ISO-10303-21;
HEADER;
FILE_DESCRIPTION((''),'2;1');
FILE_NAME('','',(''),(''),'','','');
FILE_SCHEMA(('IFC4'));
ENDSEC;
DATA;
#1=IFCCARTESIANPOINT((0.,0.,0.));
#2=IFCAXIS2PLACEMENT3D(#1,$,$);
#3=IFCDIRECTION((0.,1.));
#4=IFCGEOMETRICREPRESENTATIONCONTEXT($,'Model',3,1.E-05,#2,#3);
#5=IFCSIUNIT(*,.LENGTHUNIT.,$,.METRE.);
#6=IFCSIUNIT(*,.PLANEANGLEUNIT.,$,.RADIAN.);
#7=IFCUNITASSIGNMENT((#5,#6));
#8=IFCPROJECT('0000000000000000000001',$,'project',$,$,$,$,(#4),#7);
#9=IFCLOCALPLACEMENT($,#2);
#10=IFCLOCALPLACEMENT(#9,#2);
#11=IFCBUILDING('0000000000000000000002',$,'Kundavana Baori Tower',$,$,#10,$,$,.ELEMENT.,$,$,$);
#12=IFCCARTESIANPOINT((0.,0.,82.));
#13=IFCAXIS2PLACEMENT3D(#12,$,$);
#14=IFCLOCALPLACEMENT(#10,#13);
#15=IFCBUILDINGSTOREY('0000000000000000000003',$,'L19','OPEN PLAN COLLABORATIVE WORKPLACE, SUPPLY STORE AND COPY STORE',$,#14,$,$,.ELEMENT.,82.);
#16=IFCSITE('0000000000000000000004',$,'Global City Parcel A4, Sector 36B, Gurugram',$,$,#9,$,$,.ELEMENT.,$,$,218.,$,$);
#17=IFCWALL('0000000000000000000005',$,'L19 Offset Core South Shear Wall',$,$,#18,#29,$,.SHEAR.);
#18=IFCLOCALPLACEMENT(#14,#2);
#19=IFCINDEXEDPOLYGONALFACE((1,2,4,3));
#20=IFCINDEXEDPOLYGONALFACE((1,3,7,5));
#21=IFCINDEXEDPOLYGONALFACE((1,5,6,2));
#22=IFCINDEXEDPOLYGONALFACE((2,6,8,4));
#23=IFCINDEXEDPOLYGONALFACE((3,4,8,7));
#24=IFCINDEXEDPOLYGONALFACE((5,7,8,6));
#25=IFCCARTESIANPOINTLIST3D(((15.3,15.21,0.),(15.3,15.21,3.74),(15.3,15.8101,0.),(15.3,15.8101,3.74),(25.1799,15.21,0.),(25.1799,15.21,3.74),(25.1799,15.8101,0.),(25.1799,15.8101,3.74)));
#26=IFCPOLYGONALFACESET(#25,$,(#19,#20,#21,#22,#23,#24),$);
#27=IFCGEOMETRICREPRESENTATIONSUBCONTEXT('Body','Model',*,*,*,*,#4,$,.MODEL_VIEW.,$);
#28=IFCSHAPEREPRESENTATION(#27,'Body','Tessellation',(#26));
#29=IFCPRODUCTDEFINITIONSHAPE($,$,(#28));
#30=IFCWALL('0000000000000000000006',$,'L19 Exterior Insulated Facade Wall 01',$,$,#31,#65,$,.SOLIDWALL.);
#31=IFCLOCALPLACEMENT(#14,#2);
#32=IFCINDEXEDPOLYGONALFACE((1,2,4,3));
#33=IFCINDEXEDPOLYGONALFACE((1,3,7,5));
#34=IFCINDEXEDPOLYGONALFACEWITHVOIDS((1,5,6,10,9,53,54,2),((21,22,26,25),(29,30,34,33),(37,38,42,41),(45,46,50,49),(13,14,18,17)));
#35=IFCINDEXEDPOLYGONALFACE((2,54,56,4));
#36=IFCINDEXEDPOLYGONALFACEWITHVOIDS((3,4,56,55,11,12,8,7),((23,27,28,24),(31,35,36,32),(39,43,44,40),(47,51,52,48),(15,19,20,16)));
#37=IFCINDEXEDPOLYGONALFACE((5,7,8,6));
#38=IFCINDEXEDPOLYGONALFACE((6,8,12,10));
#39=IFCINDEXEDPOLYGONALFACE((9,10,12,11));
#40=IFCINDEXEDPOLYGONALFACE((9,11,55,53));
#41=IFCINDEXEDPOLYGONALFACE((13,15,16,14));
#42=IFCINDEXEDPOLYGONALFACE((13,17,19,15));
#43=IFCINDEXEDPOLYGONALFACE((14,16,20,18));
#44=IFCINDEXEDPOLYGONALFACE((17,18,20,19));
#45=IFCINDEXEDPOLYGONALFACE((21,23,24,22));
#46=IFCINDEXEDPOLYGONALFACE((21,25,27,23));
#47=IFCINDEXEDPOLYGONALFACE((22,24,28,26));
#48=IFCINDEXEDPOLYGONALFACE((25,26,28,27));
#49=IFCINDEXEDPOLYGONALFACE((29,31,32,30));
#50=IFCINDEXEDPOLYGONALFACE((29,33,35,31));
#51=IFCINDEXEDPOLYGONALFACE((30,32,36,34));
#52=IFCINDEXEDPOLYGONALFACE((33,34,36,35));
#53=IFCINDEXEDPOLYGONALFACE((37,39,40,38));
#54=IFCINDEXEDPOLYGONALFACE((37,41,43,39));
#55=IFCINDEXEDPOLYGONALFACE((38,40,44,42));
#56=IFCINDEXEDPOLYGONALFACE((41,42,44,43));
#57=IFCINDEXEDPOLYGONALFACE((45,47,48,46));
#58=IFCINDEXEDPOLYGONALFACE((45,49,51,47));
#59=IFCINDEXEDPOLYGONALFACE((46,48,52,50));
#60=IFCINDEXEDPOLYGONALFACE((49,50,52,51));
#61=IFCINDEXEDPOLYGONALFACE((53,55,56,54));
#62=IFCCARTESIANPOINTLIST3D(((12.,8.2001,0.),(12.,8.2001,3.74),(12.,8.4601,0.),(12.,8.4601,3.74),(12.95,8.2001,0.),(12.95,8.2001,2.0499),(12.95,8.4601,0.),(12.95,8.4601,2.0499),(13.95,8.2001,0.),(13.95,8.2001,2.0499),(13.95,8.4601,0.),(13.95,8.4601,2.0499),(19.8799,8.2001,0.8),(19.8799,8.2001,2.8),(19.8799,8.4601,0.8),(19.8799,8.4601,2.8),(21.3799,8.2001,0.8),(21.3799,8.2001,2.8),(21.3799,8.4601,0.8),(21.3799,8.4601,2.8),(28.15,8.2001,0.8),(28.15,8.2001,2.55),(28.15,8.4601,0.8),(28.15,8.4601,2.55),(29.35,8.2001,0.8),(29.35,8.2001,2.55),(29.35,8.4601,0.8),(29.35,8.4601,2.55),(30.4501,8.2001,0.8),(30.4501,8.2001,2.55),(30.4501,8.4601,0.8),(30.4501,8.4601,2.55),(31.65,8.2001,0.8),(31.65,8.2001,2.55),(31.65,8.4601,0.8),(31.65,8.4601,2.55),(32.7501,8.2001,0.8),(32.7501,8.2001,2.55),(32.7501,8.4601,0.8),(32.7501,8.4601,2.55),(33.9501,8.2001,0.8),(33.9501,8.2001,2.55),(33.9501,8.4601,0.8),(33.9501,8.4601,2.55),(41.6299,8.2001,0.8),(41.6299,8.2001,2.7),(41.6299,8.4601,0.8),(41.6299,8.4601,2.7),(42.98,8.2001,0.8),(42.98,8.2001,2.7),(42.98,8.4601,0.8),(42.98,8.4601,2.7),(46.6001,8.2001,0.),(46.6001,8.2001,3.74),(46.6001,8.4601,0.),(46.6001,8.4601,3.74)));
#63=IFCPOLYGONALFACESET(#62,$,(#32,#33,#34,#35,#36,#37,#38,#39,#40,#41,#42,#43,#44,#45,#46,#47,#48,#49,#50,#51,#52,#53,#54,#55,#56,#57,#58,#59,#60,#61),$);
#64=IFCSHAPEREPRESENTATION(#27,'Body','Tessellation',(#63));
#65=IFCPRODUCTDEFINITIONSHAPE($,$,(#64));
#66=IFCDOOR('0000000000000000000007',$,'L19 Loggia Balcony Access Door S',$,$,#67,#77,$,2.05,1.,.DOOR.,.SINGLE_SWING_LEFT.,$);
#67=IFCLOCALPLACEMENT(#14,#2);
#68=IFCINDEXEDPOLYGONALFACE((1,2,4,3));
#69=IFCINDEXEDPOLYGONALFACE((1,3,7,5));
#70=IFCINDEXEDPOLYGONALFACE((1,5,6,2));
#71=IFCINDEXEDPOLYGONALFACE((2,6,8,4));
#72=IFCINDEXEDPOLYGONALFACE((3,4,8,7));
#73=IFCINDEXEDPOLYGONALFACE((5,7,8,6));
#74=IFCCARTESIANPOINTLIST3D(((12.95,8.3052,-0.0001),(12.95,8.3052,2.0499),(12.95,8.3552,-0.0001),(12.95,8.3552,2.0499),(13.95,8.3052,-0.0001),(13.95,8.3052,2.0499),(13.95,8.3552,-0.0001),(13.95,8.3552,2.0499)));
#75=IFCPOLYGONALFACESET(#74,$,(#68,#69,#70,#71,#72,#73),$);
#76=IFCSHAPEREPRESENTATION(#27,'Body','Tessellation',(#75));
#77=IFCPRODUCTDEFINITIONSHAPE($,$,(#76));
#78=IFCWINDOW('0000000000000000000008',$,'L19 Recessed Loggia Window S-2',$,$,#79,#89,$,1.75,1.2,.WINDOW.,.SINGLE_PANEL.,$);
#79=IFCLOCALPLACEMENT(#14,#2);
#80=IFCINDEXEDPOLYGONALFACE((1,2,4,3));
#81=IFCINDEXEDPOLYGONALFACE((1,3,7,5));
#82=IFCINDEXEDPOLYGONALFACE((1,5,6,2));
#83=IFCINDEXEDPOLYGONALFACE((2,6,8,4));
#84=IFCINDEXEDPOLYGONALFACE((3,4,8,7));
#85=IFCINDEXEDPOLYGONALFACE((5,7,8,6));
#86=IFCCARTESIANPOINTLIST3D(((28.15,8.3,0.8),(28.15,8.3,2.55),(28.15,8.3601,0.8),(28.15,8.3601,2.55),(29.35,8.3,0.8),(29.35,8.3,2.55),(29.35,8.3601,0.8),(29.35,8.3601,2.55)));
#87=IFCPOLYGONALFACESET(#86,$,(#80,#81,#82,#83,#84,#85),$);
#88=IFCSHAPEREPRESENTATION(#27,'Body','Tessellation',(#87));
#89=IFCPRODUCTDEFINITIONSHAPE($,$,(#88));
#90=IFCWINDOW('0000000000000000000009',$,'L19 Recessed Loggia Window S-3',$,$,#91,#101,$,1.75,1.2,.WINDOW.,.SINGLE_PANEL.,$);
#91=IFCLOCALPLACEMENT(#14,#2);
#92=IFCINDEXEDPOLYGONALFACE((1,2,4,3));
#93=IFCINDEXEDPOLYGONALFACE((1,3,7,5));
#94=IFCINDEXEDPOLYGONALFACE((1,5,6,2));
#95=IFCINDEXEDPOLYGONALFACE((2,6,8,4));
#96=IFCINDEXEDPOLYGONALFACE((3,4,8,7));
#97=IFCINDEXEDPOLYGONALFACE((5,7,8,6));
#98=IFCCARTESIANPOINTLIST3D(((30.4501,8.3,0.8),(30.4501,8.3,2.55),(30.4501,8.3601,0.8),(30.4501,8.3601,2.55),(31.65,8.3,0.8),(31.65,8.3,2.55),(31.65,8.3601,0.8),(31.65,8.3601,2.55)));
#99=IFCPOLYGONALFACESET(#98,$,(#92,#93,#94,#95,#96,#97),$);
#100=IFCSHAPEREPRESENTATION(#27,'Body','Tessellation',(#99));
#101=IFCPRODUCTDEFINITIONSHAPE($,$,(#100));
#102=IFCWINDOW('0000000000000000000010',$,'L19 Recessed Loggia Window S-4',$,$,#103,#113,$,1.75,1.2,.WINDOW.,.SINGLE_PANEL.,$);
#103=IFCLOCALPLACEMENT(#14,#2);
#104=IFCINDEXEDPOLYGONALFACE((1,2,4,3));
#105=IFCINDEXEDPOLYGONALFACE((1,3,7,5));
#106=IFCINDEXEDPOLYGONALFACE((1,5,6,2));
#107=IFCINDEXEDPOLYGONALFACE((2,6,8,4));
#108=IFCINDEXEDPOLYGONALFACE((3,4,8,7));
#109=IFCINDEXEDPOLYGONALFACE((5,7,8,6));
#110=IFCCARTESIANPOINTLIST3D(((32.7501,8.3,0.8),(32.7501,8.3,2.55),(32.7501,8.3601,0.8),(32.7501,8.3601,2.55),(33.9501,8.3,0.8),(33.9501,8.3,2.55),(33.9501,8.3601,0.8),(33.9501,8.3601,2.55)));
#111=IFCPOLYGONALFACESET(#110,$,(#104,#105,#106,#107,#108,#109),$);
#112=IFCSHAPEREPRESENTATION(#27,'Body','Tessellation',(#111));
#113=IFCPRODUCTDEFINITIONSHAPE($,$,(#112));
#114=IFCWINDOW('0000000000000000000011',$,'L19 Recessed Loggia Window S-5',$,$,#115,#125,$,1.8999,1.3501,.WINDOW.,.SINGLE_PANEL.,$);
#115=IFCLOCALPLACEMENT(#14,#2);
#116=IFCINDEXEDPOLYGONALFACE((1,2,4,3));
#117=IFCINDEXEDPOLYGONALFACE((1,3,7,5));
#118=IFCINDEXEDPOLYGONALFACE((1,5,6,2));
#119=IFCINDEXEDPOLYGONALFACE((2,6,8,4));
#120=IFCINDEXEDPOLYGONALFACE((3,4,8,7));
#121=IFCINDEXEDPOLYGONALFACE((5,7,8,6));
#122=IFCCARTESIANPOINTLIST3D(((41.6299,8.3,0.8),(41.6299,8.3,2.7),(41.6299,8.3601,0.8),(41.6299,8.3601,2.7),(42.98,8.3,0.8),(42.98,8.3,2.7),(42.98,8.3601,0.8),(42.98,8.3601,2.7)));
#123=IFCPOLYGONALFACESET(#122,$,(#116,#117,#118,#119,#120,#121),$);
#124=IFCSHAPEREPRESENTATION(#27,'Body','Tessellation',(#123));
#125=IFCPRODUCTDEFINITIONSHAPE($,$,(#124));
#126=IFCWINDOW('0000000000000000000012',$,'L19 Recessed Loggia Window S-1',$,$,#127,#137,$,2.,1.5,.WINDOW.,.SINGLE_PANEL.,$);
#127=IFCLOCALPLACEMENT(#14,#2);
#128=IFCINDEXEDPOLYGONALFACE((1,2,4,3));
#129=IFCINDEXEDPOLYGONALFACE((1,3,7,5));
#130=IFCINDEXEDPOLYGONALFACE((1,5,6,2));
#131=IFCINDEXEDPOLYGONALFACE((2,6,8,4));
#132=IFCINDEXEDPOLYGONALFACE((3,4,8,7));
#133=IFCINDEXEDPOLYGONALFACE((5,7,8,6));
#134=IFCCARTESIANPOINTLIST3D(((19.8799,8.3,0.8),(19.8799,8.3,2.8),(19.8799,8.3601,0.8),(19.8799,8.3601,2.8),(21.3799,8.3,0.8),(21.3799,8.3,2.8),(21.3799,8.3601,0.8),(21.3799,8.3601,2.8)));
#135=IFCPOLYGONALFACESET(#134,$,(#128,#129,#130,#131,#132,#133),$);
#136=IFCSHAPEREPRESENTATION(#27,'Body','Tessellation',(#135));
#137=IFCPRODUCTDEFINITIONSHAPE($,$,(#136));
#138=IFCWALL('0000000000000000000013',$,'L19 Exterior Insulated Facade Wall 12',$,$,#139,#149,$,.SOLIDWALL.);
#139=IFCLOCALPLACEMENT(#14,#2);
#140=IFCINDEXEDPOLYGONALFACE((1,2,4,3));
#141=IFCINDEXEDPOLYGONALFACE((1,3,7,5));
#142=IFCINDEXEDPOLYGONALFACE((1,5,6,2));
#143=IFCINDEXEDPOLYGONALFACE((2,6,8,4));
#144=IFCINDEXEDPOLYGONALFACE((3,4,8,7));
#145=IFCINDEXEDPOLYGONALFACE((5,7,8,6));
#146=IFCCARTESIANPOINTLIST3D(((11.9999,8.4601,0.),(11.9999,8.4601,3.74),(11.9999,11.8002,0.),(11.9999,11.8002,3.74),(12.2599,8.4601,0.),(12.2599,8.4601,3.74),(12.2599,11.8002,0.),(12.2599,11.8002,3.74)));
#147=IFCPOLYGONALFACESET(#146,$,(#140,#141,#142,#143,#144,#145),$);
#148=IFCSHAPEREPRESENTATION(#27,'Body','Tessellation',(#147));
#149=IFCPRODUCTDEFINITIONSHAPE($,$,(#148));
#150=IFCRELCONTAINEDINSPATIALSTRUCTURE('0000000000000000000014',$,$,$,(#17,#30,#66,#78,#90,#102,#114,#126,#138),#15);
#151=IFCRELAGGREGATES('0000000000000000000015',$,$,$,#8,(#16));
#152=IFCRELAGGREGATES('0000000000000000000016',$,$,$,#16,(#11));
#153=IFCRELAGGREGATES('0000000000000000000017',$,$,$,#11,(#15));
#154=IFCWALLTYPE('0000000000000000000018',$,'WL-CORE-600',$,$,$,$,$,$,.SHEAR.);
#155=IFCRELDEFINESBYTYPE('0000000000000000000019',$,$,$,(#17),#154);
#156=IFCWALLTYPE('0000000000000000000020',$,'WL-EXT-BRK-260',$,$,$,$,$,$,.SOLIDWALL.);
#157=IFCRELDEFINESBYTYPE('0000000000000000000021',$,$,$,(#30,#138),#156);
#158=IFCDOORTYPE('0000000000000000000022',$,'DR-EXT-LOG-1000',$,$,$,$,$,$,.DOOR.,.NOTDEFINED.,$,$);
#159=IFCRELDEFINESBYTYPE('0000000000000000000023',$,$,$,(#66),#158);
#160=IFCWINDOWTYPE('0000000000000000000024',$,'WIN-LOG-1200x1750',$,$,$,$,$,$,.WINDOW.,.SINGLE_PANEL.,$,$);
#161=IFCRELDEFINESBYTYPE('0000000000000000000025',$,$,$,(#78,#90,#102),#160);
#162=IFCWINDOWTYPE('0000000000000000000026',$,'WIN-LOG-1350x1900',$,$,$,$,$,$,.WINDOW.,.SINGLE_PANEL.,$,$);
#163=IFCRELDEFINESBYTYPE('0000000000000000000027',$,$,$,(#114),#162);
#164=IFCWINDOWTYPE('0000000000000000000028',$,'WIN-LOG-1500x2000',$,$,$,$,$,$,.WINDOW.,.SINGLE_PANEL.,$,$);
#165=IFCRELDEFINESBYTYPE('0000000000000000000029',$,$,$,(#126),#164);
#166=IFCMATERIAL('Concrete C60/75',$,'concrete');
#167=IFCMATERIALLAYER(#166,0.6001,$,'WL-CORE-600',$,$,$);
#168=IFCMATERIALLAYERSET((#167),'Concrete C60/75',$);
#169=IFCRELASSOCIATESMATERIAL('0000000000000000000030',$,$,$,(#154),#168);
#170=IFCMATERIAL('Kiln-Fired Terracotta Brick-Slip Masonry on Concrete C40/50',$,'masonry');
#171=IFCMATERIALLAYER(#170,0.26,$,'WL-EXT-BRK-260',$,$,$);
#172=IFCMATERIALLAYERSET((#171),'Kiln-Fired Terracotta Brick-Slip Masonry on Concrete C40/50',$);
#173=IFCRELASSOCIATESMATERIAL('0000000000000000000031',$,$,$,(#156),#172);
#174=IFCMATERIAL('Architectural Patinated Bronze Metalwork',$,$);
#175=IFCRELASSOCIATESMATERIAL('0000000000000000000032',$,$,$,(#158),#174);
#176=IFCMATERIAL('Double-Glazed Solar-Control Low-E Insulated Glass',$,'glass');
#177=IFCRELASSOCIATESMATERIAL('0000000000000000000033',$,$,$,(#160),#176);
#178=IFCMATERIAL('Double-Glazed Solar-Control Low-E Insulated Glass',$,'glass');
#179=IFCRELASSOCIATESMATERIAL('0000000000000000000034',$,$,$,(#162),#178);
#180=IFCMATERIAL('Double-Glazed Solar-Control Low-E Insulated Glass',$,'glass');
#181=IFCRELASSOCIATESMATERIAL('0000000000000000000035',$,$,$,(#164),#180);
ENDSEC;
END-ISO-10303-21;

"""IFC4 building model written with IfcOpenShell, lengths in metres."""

from ifc_helpers import new_model, si_unit, direction, frame, frame_2d, origin, place, context, subcontext, project, spatial, rectangle, extrude, material, layer, layer_set, type_object, element, fill, save


model = new_model("IFC4")

# Units and contexts
model_context = context("Model", 3, precision=1e-05, world=origin(), true_north=direction((0.0, 1.0)))
body_context = subcontext(model_context, "Body", "Model", "MODEL_VIEW")
ifc_project = project(units=[si_unit("LENGTHUNIT", "METRE"), si_unit("PLANEANGLEUNIT", "RADIAN")], contexts=[model_context])

# Site, building, storey
site_placement = place(None, origin())
site = spatial("IfcSite", under=ifc_project, at=site_placement, Name="Global City Parcel A4, Sector 36B, Gurugram", CompositionType="ELEMENT", RefElevation=218.0)
building_placement = place(site_placement, origin())
building = spatial("IfcBuilding", under=site, at=building_placement, Name="Kundavana Baori Tower", CompositionType="ELEMENT")
storey_placement = place(building_placement, frame((0.0, 0.0, 82.0)))
storey = spatial("IfcBuildingStorey", under=building, at=storey_placement, Name="L19", Description="OPEN PLAN COLLABORATIVE WORKPLACE, SUPPLY STORE AND COPY STORE", CompositionType="ELEMENT", Elevation=82.0)

# Wall
ifc_material_1 = material(Name="Concrete C60/75", Category="concrete")
ifc_layer_1 = layer(ifc_material_1, 0.6001, Name="WL-CORE-600")
ifc_layer_set_1 = layer_set([ifc_layer_1], Name="Concrete C60/75")
wall_type_1 = type_object("IfcWallType", Name="WL-CORE-600", PredefinedType="SHEAR", material=ifc_layer_set_1)
wall_1_placement = place(storey_placement, frame((15.3, 15.51, 0.0), z_axis=(0.0, 0.0, 1.0), x_axis=(1.0, 0.0, 0.0)))
element("IfcWall", 1, at=wall_1_placement, inside=storey, type_object=wall_type_1, Name="L19 Offset Core South Shear Wall", PredefinedType="SHEAR", context=body_context, shape_type="SweptSolid", body=[
    extrude(rectangle(XDim=9.8799, YDim=0.6001, at=frame_2d((4.9399, 0.0))), origin(), (0.0, 0.0, 1.0), 3.74),
])

# Wall, openings, door, windows
ifc_material_2 = material(Name="Kiln-Fired Terracotta Brick-Slip Masonry on Concrete C40/50", Category="masonry")
ifc_layer_2 = layer(ifc_material_2, 0.26, Name="WL-EXT-BRK-260")
ifc_layer_set_2 = layer_set([ifc_layer_2], Name="Kiln-Fired Terracotta Brick-Slip Masonry on Concrete C40/50")
wall_type_2 = type_object("IfcWallType", Name="WL-EXT-BRK-260", PredefinedType="SOLIDWALL", material=ifc_layer_set_2)
wall_2_placement = place(storey_placement, frame((12.0, 8.3301, 0.0), z_axis=(0.0, 0.0, 1.0), x_axis=(1.0, 0.0, 0.0)))
wall_2 = element("IfcWall", 2, at=wall_2_placement, inside=storey, type_object=wall_type_2, Name="L19 Exterior Insulated Facade Wall 01", PredefinedType="SOLIDWALL", context=body_context, shape_type="SweptSolid", body=[
    extrude(rectangle(XDim=34.6001, YDim=0.26, at=frame_2d((17.3, 0.0))), origin(), (0.0, 0.0, 1.0), 3.74),
])
opening_1_placement = place(wall_2_placement, frame((0.95, 0.0, 0.0)))
opening_1 = element("IfcOpeningElement", 3, at=opening_1_placement, cuts=wall_2, PredefinedType="OPENING", context=body_context, shape_type="SweptSolid", body=[
    extrude(rectangle(XDim=1.0, YDim=2.05, at=frame_2d((0.5, 1.0249))), frame((0.0, 0.1401, 0.0), z_axis=(0.0, -1.0, 0.0), x_axis=(1.0, 0.0, 0.0)), (0.0, 0.0, 1.0), 0.28),
])
opening_2_placement = place(wall_2_placement, frame((7.8799, 0.0, 0.8)))
opening_2 = element("IfcOpeningElement", 4, at=opening_2_placement, cuts=wall_2, PredefinedType="OPENING", context=body_context, shape_type="SweptSolid", body=[
    extrude(rectangle(XDim=1.5, YDim=2.0, at=frame_2d((0.75, 1.0))), frame((0.0, 0.1401, 0.0), z_axis=(0.0, -1.0, 0.0), x_axis=(1.0, 0.0, 0.0)), (0.0, 0.0, 1.0), 0.28),
])
opening_3_placement = place(wall_2_placement, frame((16.1499, 0.0, 0.8)))
opening_3 = element("IfcOpeningElement", 5, at=opening_3_placement, cuts=wall_2, PredefinedType="OPENING", context=body_context, shape_type="SweptSolid", body=[
    extrude(rectangle(XDim=1.2, YDim=1.75, at=frame_2d((0.6001, 0.875))), frame((0.0, 0.1401, 0.0), z_axis=(0.0, -1.0, 0.0), x_axis=(1.0, 0.0, 0.0)), (0.0, 0.0, 1.0), 0.28),
])
opening_4_placement = place(wall_2_placement, frame((18.45, 0.0, 0.8)))
opening_4 = element("IfcOpeningElement", 6, at=opening_4_placement, cuts=wall_2, PredefinedType="OPENING", context=body_context, shape_type="SweptSolid", body=[
    extrude(rectangle(XDim=1.2, YDim=1.75, at=frame_2d((0.6001, 0.875))), frame((0.0, 0.1401, 0.0), z_axis=(0.0, -1.0, 0.0), x_axis=(1.0, 0.0, 0.0)), (0.0, 0.0, 1.0), 0.28),
])
opening_5_placement = place(wall_2_placement, frame((20.75, 0.0, 0.8)))
opening_5 = element("IfcOpeningElement", 7, at=opening_5_placement, cuts=wall_2, PredefinedType="OPENING", context=body_context, shape_type="SweptSolid", body=[
    extrude(rectangle(XDim=1.2, YDim=1.75, at=frame_2d((0.6001, 0.875))), frame((0.0, 0.1401, 0.0), z_axis=(0.0, -1.0, 0.0), x_axis=(1.0, 0.0, 0.0)), (0.0, 0.0, 1.0), 0.28),
])
opening_6_placement = place(wall_2_placement, frame((29.6299, 0.0, 0.8)))
opening_6 = element("IfcOpeningElement", 8, at=opening_6_placement, cuts=wall_2, PredefinedType="OPENING", context=body_context, shape_type="SweptSolid", body=[
    extrude(rectangle(XDim=1.3501, YDim=1.8999, at=frame_2d((0.675, 0.95))), frame((0.0, 0.1401, 0.0), z_axis=(0.0, -1.0, 0.0), x_axis=(1.0, 0.0, 0.0)), (0.0, 0.0, 1.0), 0.28),
])
ifc_material_3 = material(Name="Architectural Patinated Bronze Metalwork")
door_type_1 = type_object("IfcDoorType", Name="DR-EXT-LOG-1000", OperationType="NOTDEFINED", PredefinedType="DOOR", material=ifc_material_3)
door_1_placement = place(opening_1_placement, frame((1.0, 0.0, 0.0), z_axis=(0.0, 0.0, 1.0), x_axis=(-1.0, 0.0, 0.0)))
door_1 = element("IfcDoor", 9, at=door_1_placement, inside=storey, type_object=door_type_1, Name="L19 Loggia Balcony Access Door S", OperationType="SINGLE_SWING_LEFT", OverallHeight=2.05, OverallWidth=1.0, PredefinedType="DOOR", context=body_context, shape_type="SweptSolid", body=[
    extrude(rectangle(XDim=1.0, YDim=2.05, at=frame_2d((0.5, 1.0249))), frame((0.0, 0.0249, 0.0), z_axis=(0.0, -1.0, 0.0), x_axis=(1.0, 0.0, 0.0)), (0.0, 0.0, 1.0), 0.05),
])
fill(opening_1, door_1)
ifc_material_4 = material(Name="Double-Glazed Solar-Control Low-E Insulated Glass", Category="glass")
window_type_1 = type_object("IfcWindowType", Name="WIN-LOG-1200x1750", PartitioningType="SINGLE_PANEL", PredefinedType="WINDOW", material=ifc_material_4)
window_1_placement = place(opening_3_placement, origin())
window_1 = element("IfcWindow", 10, at=window_1_placement, inside=storey, type_object=window_type_1, Name="L19 Recessed Loggia Window S-2", OverallHeight=1.75, OverallWidth=1.2, PartitioningType="SINGLE_PANEL", PredefinedType="WINDOW", context=body_context, shape_type="SweptSolid", body=[
    extrude(rectangle(XDim=1.2, YDim=1.75, at=frame_2d((0.6001, 0.875))), frame((0.0, 0.03, 0.0), z_axis=(0.0, -1.0, 0.0), x_axis=(1.0, 0.0, 0.0)), (0.0, 0.0, 1.0), 0.0601),
])
fill(opening_3, window_1)
window_2_placement = place(opening_4_placement, origin())
window_2 = element("IfcWindow", 11, at=window_2_placement, inside=storey, type_object=window_type_1, Name="L19 Recessed Loggia Window S-3", OverallHeight=1.75, OverallWidth=1.2, PartitioningType="SINGLE_PANEL", PredefinedType="WINDOW", context=body_context, shape_type="SweptSolid", body=[
    extrude(rectangle(XDim=1.2, YDim=1.75, at=frame_2d((0.6001, 0.875))), frame((0.0, 0.03, 0.0), z_axis=(0.0, -1.0, 0.0), x_axis=(1.0, 0.0, 0.0)), (0.0, 0.0, 1.0), 0.0601),
])
fill(opening_4, window_2)
window_3_placement = place(opening_5_placement, origin())
window_3 = element("IfcWindow", 12, at=window_3_placement, inside=storey, type_object=window_type_1, Name="L19 Recessed Loggia Window S-4", OverallHeight=1.75, OverallWidth=1.2, PartitioningType="SINGLE_PANEL", PredefinedType="WINDOW", context=body_context, shape_type="SweptSolid", body=[
    extrude(rectangle(XDim=1.2, YDim=1.75, at=frame_2d((0.6001, 0.875))), frame((0.0, 0.03, 0.0), z_axis=(0.0, -1.0, 0.0), x_axis=(1.0, 0.0, 0.0)), (0.0, 0.0, 1.0), 0.0601),
])
fill(opening_5, window_3)
ifc_material_5 = material(Name="Double-Glazed Solar-Control Low-E Insulated Glass", Category="glass")
window_type_2 = type_object("IfcWindowType", Name="WIN-LOG-1350x1900", PartitioningType="SINGLE_PANEL", PredefinedType="WINDOW", material=ifc_material_5)
window_4_placement = place(opening_6_placement, origin())
window_4 = element("IfcWindow", 13, at=window_4_placement, inside=storey, type_object=window_type_2, Name="L19 Recessed Loggia Window S-5", OverallHeight=1.8999, OverallWidth=1.3501, PartitioningType="SINGLE_PANEL", PredefinedType="WINDOW", context=body_context, shape_type="SweptSolid", body=[
    extrude(rectangle(XDim=1.3501, YDim=1.8999, at=frame_2d((0.675, 0.95))), frame((0.0, 0.03, 0.0), z_axis=(0.0, -1.0, 0.0), x_axis=(1.0, 0.0, 0.0)), (0.0, 0.0, 1.0), 0.0601),
])
fill(opening_6, window_4)
ifc_material_6 = material(Name="Double-Glazed Solar-Control Low-E Insulated Glass", Category="glass")
window_type_3 = type_object("IfcWindowType", Name="WIN-LOG-1500x2000", PartitioningType="SINGLE_PANEL", PredefinedType="WINDOW", material=ifc_material_6)
window_5_placement = place(opening_2_placement, origin())
window_5 = element("IfcWindow", 14, at=window_5_placement, inside=storey, type_object=window_type_3, Name="L19 Recessed Loggia Window S-1", OverallHeight=2.0, OverallWidth=1.5, PartitioningType="SINGLE_PANEL", PredefinedType="WINDOW", context=body_context, shape_type="SweptSolid", body=[
    extrude(rectangle(XDim=1.5, YDim=2.0, at=frame_2d((0.75, 1.0))), frame((0.0, 0.03, 0.0), z_axis=(0.0, -1.0, 0.0), x_axis=(1.0, 0.0, 0.0)), (0.0, 0.0, 1.0), 0.0601),
])
fill(opening_2, window_5)

# Wall
wall_3_placement = place(storey_placement, frame((12.1299, 11.8, 0.0), z_axis=(0.0, 0.0, 1.0), x_axis=(0.0, -1.0, 0.0)))
element("IfcWall", 15, at=wall_3_placement, inside=storey, type_object=wall_type_2, Name="L19 Exterior Insulated Facade Wall 12", PredefinedType="SOLIDWALL", context=body_context, shape_type="SweptSolid", body=[
    extrude(rectangle(XDim=3.3401, YDim=0.26, at=frame_2d((1.6699, 0.0))), origin(), (0.0, 0.0, 1.0), 3.74),
])

save(model, "model.ifc")
